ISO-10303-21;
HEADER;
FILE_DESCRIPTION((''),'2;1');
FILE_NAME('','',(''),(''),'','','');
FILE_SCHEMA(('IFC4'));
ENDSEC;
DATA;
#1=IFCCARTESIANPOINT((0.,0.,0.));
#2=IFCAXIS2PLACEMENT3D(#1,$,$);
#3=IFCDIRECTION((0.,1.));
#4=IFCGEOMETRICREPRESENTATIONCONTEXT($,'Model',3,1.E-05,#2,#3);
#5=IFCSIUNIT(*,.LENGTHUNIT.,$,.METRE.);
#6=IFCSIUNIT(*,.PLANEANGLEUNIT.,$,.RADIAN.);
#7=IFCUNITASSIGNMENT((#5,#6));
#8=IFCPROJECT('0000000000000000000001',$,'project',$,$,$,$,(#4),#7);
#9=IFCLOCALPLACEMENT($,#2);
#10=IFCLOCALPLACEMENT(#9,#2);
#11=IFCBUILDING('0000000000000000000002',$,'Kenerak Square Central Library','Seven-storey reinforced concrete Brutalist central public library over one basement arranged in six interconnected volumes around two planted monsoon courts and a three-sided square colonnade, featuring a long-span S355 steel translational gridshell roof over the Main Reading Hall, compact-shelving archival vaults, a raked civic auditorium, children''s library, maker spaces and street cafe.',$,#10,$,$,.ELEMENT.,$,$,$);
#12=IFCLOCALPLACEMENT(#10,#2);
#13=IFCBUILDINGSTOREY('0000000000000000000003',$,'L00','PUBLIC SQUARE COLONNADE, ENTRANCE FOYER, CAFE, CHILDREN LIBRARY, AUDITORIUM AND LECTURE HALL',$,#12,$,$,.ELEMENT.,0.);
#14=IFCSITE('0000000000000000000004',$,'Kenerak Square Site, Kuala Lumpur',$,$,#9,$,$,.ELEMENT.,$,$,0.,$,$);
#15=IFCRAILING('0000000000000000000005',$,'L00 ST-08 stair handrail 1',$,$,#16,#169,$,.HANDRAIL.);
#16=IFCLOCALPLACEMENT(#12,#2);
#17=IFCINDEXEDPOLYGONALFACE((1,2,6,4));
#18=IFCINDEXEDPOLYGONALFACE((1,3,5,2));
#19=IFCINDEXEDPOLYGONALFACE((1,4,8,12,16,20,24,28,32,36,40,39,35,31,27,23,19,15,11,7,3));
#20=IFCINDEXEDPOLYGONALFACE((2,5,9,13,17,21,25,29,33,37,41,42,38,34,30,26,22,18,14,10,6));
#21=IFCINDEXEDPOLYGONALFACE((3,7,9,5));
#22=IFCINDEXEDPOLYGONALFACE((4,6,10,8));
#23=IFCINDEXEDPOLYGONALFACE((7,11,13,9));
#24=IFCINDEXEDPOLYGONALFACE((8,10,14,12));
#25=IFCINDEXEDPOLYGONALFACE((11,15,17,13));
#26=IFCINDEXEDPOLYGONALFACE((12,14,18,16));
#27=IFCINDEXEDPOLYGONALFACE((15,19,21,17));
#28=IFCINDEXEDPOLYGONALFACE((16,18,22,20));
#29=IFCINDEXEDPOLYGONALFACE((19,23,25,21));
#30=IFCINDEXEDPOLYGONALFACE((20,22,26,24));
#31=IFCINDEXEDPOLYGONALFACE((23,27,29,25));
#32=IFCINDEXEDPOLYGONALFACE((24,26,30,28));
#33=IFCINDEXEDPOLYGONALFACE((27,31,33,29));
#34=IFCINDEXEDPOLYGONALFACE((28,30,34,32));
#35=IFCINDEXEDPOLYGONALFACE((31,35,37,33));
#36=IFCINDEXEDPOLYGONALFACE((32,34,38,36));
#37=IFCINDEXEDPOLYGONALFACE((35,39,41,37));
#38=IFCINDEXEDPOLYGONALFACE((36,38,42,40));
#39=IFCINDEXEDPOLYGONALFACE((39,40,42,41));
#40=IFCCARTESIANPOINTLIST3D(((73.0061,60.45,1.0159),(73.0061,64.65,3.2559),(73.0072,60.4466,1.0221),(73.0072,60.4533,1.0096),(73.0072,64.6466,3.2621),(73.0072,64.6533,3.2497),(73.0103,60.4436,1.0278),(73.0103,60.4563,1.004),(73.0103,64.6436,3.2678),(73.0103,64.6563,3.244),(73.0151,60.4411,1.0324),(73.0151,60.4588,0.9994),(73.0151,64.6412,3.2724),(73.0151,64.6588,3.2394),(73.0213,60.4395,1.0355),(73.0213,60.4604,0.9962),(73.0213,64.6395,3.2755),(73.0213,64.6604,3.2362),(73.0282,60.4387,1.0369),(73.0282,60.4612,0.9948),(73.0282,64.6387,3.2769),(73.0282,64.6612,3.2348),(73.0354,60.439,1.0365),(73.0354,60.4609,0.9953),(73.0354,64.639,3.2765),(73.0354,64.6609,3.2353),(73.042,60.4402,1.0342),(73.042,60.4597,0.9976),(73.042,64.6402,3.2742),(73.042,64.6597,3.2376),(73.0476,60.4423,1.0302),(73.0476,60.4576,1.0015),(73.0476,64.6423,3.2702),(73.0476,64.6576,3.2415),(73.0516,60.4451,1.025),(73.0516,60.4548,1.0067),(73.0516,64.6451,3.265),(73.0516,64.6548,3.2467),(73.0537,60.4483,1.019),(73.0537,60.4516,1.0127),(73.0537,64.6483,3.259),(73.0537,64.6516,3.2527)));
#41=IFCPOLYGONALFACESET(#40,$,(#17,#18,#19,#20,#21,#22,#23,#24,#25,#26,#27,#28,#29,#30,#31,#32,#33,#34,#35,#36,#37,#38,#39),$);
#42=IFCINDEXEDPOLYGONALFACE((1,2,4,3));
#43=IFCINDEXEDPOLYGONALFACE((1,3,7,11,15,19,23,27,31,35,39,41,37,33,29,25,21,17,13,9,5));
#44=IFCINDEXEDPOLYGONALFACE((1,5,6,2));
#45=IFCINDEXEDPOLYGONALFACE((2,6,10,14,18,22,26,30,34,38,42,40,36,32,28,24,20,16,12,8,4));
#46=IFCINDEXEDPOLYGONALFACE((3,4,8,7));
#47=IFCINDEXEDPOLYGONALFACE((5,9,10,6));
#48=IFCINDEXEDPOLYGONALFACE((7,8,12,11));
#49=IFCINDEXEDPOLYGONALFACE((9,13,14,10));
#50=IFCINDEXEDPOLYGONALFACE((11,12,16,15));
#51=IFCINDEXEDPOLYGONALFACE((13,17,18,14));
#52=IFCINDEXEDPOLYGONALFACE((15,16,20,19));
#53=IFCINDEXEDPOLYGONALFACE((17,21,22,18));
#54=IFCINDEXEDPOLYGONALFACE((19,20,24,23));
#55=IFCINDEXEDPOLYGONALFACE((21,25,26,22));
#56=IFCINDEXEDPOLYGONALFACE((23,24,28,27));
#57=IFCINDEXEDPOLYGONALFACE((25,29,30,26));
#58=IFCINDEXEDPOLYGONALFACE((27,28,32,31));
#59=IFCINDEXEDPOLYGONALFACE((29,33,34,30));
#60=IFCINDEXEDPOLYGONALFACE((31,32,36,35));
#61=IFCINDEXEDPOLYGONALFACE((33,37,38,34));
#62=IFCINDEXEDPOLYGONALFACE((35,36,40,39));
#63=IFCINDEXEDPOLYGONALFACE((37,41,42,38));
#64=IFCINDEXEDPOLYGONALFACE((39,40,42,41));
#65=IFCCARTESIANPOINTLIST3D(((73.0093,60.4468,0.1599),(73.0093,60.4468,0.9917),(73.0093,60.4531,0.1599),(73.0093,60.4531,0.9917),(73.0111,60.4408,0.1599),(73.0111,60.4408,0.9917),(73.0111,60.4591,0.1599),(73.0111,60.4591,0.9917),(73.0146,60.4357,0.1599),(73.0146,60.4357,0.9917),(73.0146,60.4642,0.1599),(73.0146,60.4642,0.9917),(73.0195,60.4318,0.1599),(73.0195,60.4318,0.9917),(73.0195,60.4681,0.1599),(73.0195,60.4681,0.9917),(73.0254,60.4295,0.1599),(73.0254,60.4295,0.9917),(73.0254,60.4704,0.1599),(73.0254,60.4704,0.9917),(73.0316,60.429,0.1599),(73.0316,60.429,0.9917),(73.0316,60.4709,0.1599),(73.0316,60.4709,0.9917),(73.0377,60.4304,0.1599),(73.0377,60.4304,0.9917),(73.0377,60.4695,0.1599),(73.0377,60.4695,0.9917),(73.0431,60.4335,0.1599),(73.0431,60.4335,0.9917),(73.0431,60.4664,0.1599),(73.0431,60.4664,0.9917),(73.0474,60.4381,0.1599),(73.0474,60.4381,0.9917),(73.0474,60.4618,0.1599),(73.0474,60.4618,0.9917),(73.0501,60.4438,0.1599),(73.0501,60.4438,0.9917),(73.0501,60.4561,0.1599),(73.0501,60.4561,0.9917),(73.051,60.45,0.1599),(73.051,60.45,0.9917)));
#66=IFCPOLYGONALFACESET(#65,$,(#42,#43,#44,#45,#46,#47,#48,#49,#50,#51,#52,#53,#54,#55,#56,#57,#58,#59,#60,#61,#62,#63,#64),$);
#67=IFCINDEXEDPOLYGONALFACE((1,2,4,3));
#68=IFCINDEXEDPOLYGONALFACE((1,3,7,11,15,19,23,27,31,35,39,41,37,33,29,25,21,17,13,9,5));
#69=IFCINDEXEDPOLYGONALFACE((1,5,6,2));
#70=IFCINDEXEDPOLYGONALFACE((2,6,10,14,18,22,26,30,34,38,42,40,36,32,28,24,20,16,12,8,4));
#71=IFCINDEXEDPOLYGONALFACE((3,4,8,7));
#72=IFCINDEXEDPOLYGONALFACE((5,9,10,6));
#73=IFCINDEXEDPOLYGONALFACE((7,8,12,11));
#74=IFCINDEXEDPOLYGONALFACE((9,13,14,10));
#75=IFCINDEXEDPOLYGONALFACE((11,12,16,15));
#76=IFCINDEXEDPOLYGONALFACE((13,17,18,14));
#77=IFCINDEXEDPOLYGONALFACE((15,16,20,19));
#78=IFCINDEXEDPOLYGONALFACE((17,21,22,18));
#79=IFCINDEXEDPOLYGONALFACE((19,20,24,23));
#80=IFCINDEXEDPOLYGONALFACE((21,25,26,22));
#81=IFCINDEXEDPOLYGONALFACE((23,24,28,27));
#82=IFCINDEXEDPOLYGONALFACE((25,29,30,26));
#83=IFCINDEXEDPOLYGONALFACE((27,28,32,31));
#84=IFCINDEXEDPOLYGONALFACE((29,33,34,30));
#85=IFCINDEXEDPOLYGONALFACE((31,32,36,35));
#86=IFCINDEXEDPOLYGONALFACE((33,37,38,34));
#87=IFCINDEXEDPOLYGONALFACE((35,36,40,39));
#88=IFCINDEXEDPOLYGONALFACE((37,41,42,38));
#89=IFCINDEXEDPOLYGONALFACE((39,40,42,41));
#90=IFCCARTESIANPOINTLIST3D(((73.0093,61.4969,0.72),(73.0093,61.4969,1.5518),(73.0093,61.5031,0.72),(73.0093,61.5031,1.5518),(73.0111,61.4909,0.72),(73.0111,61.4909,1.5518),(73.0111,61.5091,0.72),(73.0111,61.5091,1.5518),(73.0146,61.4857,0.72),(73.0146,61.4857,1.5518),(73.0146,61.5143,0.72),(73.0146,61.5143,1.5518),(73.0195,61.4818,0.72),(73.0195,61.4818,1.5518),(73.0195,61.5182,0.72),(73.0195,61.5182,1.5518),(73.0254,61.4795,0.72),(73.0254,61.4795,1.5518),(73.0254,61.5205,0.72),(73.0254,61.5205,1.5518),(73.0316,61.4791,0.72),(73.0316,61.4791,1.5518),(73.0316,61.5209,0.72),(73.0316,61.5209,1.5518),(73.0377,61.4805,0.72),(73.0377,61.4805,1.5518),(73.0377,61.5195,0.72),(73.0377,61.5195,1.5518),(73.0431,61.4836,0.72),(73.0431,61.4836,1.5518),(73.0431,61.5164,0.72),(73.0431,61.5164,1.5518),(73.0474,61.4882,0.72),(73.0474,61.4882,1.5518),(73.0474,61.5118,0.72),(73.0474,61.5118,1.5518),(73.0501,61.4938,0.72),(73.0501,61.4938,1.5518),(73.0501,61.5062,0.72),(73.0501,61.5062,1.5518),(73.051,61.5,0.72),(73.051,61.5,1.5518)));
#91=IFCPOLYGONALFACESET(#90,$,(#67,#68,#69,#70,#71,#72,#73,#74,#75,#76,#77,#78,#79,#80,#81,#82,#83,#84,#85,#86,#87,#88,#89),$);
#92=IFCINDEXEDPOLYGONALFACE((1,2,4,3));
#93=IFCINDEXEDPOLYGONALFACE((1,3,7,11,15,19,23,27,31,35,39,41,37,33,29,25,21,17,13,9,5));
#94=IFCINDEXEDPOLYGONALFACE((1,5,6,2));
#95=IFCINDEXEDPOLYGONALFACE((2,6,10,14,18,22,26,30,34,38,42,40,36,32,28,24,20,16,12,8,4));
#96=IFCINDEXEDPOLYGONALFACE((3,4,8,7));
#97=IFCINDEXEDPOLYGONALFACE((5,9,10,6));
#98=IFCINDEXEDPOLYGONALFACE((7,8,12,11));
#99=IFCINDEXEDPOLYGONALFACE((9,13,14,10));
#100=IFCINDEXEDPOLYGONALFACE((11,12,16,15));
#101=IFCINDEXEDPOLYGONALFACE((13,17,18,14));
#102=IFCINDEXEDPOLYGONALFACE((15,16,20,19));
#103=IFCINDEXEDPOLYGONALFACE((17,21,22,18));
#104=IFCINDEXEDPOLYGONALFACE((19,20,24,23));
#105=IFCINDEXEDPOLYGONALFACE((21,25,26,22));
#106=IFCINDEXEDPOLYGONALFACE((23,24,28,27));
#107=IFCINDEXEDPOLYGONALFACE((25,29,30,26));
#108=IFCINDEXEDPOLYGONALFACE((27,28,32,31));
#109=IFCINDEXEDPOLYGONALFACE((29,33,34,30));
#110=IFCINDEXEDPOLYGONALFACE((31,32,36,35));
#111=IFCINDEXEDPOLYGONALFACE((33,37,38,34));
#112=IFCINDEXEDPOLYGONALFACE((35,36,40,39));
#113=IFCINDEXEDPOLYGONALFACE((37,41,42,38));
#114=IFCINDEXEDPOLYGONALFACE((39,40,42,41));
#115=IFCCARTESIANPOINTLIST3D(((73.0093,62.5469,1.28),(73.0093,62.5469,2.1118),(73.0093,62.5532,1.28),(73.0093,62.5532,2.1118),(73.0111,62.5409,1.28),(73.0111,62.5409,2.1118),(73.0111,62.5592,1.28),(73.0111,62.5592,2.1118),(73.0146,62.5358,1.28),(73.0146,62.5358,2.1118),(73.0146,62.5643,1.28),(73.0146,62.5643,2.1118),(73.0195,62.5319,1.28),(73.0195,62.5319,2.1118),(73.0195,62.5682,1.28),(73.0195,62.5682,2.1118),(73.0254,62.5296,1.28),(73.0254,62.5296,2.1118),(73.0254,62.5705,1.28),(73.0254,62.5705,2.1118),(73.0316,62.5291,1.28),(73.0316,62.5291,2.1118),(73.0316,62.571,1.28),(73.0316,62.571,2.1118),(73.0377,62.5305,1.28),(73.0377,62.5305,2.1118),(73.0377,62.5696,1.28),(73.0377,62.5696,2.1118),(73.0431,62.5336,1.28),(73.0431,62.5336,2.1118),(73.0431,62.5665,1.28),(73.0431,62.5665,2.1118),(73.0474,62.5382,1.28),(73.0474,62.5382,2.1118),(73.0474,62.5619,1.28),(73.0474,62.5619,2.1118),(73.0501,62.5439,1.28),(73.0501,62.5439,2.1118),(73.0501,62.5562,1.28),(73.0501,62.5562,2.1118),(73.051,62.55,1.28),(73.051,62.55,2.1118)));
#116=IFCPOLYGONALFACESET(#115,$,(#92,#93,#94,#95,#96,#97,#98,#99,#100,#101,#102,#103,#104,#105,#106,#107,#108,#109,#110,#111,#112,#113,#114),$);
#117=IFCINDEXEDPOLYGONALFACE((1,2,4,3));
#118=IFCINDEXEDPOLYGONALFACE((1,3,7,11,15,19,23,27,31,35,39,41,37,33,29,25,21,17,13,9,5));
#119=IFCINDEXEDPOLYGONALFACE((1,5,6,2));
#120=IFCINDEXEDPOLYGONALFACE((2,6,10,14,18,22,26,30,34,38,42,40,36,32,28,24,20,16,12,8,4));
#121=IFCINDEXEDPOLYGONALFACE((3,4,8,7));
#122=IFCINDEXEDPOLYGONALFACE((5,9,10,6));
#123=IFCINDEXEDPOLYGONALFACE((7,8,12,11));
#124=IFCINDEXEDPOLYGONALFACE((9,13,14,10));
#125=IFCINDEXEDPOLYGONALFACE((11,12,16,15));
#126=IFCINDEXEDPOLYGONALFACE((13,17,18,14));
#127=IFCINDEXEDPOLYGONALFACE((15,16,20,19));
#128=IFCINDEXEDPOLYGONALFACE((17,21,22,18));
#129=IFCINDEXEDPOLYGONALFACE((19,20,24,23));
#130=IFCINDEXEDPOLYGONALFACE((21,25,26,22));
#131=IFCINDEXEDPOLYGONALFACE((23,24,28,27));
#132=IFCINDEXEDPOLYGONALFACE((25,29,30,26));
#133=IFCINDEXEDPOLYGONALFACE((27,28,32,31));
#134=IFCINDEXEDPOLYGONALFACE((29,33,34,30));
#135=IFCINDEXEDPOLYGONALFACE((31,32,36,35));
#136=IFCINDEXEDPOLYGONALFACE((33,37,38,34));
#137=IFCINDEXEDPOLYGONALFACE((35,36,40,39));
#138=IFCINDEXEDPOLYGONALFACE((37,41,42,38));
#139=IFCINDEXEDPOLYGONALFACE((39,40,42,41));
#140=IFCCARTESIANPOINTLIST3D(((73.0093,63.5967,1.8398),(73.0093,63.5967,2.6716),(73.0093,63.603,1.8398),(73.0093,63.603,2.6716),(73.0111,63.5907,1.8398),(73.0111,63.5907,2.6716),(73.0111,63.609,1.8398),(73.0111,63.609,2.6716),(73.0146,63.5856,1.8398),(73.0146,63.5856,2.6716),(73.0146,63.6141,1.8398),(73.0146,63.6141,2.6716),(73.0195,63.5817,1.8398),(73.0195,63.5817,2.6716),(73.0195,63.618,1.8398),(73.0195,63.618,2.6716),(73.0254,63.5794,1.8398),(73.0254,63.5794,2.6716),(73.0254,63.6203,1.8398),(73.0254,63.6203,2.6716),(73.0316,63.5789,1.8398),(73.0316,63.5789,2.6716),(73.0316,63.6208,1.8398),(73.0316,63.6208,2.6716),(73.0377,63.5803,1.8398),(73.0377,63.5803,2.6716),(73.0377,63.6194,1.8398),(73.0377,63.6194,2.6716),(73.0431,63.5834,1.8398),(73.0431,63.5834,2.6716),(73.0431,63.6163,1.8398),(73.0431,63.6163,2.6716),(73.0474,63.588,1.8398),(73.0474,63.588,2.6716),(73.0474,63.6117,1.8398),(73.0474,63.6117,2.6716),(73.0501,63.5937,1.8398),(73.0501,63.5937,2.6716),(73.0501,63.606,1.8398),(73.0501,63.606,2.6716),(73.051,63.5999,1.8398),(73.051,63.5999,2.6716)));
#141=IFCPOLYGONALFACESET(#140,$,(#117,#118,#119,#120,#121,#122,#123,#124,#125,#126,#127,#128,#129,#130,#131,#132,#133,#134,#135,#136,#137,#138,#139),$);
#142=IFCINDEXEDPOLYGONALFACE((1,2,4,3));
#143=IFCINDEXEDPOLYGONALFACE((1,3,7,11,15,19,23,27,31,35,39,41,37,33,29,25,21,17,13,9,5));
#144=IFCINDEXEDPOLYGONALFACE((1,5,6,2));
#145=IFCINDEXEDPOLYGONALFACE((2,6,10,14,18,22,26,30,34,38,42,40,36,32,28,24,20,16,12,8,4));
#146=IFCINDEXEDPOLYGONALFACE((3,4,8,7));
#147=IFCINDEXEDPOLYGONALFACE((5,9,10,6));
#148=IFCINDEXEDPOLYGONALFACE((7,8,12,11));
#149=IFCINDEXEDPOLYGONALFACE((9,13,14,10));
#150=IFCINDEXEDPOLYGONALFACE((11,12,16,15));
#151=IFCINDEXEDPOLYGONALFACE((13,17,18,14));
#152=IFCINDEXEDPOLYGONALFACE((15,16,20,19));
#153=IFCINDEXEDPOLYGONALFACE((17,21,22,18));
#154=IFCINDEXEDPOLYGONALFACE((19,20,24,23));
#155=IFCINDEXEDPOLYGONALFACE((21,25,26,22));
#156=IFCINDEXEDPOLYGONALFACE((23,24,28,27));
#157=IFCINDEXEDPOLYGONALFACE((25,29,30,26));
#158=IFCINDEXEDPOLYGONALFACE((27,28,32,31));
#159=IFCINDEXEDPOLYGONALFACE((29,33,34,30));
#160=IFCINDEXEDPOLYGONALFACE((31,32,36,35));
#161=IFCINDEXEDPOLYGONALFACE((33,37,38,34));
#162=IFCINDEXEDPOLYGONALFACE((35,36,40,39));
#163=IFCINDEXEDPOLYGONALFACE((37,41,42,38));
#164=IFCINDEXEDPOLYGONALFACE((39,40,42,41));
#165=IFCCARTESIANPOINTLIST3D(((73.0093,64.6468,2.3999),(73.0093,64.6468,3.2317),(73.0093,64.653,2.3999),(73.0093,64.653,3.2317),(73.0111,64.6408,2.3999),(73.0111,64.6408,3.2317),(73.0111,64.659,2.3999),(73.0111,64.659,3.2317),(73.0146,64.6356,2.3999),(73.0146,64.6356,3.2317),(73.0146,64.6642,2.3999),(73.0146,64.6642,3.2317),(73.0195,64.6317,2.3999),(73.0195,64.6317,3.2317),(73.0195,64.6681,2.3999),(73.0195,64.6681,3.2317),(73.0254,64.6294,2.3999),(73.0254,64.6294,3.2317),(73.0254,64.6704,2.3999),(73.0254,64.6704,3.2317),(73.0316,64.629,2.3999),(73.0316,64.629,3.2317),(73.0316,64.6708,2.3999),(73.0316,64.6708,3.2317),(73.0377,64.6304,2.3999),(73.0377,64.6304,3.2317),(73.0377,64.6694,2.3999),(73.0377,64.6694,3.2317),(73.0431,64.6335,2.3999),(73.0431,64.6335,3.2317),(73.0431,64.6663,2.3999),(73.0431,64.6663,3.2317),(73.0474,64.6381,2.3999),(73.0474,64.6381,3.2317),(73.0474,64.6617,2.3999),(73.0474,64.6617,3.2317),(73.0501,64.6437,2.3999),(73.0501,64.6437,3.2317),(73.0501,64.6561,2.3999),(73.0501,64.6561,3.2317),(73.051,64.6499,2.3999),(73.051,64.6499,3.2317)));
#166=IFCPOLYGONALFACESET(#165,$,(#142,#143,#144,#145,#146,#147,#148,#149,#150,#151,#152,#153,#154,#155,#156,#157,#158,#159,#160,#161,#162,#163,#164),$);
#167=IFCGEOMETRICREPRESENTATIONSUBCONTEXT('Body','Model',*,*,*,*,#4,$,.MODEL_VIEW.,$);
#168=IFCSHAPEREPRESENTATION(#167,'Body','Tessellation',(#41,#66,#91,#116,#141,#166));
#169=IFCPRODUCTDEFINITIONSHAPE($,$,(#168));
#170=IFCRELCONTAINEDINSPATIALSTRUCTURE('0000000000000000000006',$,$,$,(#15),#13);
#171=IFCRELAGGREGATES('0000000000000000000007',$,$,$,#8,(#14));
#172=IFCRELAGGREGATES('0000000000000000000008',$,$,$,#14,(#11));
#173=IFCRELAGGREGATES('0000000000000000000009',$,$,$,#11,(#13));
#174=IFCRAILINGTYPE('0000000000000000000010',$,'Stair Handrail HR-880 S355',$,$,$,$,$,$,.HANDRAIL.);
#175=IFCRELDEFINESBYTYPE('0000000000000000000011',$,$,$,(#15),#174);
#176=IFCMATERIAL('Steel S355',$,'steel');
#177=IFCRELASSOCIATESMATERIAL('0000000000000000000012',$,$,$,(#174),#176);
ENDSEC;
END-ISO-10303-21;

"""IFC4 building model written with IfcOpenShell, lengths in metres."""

from ifc_helpers import new_model, si_unit, direction, frame, origin, origin_2d, place, context, subcontext, project, spatial, circle, extrude, material, type_object, element, save


model = new_model("IFC4")

# Units and contexts
model_context = context("Model", 3, precision=1e-05, world=origin(), true_north=direction((0.0, 1.0)))
body_context = subcontext(model_context, "Body", "Model", "MODEL_VIEW")
ifc_project = project(units=[si_unit("LENGTHUNIT", "METRE"), si_unit("PLANEANGLEUNIT", "RADIAN")], contexts=[model_context])

# Site, building, storey
site_placement = place(None, origin())
site = spatial("IfcSite", under=ifc_project, at=site_placement, Name="Kenerak Square Site, Kuala Lumpur", CompositionType="ELEMENT", RefElevation=0.0)
building_placement = place(site_placement, origin())
building = spatial("IfcBuilding", under=site, at=building_placement, Name="Kenerak Square Central Library", Description="Seven-storey reinforced concrete Brutalist central public library over one basement arranged in six interconnected volumes around two planted monsoon courts and a three-sided square colonnade, featuring a long-span S355 steel translational gridshell roof over the Main Reading Hall, compact-shelving archival vaults, a raked civic auditorium, children's library, maker spaces and street cafe.", CompositionType="ELEMENT")
storey_placement = place(building_placement, origin())
storey = spatial("IfcBuildingStorey", under=building, at=storey_placement, Name="L00", Description="PUBLIC SQUARE COLONNADE, ENTRANCE FOYER, CAFE, CHILDREN LIBRARY, AUDITORIUM AND LECTURE HALL", CompositionType="ELEMENT", Elevation=0.0)

# Shared definitions
ifc_material_1 = material(Name="Steel S355", Category="steel")

# Railing
railing_type_1 = type_object("IfcRailingType", Name="Stair Handrail HR-880 S355", PredefinedType="HANDRAIL", material=ifc_material_1)
railing_1_placement = place(storey_placement, frame((73.03, 60.45, 0.1599)))
element("IfcRailing", 1, at=railing_1_placement, inside=storey, type_object=railing_type_1, Name="L00 ST-08 stair handrail 1", PredefinedType="HANDRAIL", context=body_context, shape_type="SweptSolid", body=[
    extrude(circle(Radius=0.0239, at=origin_2d()), frame((0.0, 0.0, 0.856), z_axis=(0.0, 0.882352, 0.470591), x_axis=(-1.0, 0.0, 0.0)), (0.0, 0.0, 1.0), 4.76),
    extrude(circle(Radius=0.021, at=origin_2d()), origin(), (0.0, 0.0, 1.0), 0.8318),
    extrude(circle(Radius=0.021, at=origin_2d()), frame((0.0, 1.05, 0.5601)), (0.0, 0.0, 1.0), 0.8318),
    extrude(circle(Radius=0.021, at=origin_2d()), frame((0.0, 2.1001, 1.1201)), (0.0, 0.0, 1.0), 0.8318),
    extrude(circle(Radius=0.021, at=origin_2d()), frame((0.0, 3.1499, 1.6799)), (0.0, 0.0, 1.0), 0.8318),
    extrude(circle(Radius=0.021, at=origin_2d()), frame((0.0, 4.2, 2.24)), (0.0, 0.0, 1.0), 0.8318),
])

save(model, "model.ifc")
